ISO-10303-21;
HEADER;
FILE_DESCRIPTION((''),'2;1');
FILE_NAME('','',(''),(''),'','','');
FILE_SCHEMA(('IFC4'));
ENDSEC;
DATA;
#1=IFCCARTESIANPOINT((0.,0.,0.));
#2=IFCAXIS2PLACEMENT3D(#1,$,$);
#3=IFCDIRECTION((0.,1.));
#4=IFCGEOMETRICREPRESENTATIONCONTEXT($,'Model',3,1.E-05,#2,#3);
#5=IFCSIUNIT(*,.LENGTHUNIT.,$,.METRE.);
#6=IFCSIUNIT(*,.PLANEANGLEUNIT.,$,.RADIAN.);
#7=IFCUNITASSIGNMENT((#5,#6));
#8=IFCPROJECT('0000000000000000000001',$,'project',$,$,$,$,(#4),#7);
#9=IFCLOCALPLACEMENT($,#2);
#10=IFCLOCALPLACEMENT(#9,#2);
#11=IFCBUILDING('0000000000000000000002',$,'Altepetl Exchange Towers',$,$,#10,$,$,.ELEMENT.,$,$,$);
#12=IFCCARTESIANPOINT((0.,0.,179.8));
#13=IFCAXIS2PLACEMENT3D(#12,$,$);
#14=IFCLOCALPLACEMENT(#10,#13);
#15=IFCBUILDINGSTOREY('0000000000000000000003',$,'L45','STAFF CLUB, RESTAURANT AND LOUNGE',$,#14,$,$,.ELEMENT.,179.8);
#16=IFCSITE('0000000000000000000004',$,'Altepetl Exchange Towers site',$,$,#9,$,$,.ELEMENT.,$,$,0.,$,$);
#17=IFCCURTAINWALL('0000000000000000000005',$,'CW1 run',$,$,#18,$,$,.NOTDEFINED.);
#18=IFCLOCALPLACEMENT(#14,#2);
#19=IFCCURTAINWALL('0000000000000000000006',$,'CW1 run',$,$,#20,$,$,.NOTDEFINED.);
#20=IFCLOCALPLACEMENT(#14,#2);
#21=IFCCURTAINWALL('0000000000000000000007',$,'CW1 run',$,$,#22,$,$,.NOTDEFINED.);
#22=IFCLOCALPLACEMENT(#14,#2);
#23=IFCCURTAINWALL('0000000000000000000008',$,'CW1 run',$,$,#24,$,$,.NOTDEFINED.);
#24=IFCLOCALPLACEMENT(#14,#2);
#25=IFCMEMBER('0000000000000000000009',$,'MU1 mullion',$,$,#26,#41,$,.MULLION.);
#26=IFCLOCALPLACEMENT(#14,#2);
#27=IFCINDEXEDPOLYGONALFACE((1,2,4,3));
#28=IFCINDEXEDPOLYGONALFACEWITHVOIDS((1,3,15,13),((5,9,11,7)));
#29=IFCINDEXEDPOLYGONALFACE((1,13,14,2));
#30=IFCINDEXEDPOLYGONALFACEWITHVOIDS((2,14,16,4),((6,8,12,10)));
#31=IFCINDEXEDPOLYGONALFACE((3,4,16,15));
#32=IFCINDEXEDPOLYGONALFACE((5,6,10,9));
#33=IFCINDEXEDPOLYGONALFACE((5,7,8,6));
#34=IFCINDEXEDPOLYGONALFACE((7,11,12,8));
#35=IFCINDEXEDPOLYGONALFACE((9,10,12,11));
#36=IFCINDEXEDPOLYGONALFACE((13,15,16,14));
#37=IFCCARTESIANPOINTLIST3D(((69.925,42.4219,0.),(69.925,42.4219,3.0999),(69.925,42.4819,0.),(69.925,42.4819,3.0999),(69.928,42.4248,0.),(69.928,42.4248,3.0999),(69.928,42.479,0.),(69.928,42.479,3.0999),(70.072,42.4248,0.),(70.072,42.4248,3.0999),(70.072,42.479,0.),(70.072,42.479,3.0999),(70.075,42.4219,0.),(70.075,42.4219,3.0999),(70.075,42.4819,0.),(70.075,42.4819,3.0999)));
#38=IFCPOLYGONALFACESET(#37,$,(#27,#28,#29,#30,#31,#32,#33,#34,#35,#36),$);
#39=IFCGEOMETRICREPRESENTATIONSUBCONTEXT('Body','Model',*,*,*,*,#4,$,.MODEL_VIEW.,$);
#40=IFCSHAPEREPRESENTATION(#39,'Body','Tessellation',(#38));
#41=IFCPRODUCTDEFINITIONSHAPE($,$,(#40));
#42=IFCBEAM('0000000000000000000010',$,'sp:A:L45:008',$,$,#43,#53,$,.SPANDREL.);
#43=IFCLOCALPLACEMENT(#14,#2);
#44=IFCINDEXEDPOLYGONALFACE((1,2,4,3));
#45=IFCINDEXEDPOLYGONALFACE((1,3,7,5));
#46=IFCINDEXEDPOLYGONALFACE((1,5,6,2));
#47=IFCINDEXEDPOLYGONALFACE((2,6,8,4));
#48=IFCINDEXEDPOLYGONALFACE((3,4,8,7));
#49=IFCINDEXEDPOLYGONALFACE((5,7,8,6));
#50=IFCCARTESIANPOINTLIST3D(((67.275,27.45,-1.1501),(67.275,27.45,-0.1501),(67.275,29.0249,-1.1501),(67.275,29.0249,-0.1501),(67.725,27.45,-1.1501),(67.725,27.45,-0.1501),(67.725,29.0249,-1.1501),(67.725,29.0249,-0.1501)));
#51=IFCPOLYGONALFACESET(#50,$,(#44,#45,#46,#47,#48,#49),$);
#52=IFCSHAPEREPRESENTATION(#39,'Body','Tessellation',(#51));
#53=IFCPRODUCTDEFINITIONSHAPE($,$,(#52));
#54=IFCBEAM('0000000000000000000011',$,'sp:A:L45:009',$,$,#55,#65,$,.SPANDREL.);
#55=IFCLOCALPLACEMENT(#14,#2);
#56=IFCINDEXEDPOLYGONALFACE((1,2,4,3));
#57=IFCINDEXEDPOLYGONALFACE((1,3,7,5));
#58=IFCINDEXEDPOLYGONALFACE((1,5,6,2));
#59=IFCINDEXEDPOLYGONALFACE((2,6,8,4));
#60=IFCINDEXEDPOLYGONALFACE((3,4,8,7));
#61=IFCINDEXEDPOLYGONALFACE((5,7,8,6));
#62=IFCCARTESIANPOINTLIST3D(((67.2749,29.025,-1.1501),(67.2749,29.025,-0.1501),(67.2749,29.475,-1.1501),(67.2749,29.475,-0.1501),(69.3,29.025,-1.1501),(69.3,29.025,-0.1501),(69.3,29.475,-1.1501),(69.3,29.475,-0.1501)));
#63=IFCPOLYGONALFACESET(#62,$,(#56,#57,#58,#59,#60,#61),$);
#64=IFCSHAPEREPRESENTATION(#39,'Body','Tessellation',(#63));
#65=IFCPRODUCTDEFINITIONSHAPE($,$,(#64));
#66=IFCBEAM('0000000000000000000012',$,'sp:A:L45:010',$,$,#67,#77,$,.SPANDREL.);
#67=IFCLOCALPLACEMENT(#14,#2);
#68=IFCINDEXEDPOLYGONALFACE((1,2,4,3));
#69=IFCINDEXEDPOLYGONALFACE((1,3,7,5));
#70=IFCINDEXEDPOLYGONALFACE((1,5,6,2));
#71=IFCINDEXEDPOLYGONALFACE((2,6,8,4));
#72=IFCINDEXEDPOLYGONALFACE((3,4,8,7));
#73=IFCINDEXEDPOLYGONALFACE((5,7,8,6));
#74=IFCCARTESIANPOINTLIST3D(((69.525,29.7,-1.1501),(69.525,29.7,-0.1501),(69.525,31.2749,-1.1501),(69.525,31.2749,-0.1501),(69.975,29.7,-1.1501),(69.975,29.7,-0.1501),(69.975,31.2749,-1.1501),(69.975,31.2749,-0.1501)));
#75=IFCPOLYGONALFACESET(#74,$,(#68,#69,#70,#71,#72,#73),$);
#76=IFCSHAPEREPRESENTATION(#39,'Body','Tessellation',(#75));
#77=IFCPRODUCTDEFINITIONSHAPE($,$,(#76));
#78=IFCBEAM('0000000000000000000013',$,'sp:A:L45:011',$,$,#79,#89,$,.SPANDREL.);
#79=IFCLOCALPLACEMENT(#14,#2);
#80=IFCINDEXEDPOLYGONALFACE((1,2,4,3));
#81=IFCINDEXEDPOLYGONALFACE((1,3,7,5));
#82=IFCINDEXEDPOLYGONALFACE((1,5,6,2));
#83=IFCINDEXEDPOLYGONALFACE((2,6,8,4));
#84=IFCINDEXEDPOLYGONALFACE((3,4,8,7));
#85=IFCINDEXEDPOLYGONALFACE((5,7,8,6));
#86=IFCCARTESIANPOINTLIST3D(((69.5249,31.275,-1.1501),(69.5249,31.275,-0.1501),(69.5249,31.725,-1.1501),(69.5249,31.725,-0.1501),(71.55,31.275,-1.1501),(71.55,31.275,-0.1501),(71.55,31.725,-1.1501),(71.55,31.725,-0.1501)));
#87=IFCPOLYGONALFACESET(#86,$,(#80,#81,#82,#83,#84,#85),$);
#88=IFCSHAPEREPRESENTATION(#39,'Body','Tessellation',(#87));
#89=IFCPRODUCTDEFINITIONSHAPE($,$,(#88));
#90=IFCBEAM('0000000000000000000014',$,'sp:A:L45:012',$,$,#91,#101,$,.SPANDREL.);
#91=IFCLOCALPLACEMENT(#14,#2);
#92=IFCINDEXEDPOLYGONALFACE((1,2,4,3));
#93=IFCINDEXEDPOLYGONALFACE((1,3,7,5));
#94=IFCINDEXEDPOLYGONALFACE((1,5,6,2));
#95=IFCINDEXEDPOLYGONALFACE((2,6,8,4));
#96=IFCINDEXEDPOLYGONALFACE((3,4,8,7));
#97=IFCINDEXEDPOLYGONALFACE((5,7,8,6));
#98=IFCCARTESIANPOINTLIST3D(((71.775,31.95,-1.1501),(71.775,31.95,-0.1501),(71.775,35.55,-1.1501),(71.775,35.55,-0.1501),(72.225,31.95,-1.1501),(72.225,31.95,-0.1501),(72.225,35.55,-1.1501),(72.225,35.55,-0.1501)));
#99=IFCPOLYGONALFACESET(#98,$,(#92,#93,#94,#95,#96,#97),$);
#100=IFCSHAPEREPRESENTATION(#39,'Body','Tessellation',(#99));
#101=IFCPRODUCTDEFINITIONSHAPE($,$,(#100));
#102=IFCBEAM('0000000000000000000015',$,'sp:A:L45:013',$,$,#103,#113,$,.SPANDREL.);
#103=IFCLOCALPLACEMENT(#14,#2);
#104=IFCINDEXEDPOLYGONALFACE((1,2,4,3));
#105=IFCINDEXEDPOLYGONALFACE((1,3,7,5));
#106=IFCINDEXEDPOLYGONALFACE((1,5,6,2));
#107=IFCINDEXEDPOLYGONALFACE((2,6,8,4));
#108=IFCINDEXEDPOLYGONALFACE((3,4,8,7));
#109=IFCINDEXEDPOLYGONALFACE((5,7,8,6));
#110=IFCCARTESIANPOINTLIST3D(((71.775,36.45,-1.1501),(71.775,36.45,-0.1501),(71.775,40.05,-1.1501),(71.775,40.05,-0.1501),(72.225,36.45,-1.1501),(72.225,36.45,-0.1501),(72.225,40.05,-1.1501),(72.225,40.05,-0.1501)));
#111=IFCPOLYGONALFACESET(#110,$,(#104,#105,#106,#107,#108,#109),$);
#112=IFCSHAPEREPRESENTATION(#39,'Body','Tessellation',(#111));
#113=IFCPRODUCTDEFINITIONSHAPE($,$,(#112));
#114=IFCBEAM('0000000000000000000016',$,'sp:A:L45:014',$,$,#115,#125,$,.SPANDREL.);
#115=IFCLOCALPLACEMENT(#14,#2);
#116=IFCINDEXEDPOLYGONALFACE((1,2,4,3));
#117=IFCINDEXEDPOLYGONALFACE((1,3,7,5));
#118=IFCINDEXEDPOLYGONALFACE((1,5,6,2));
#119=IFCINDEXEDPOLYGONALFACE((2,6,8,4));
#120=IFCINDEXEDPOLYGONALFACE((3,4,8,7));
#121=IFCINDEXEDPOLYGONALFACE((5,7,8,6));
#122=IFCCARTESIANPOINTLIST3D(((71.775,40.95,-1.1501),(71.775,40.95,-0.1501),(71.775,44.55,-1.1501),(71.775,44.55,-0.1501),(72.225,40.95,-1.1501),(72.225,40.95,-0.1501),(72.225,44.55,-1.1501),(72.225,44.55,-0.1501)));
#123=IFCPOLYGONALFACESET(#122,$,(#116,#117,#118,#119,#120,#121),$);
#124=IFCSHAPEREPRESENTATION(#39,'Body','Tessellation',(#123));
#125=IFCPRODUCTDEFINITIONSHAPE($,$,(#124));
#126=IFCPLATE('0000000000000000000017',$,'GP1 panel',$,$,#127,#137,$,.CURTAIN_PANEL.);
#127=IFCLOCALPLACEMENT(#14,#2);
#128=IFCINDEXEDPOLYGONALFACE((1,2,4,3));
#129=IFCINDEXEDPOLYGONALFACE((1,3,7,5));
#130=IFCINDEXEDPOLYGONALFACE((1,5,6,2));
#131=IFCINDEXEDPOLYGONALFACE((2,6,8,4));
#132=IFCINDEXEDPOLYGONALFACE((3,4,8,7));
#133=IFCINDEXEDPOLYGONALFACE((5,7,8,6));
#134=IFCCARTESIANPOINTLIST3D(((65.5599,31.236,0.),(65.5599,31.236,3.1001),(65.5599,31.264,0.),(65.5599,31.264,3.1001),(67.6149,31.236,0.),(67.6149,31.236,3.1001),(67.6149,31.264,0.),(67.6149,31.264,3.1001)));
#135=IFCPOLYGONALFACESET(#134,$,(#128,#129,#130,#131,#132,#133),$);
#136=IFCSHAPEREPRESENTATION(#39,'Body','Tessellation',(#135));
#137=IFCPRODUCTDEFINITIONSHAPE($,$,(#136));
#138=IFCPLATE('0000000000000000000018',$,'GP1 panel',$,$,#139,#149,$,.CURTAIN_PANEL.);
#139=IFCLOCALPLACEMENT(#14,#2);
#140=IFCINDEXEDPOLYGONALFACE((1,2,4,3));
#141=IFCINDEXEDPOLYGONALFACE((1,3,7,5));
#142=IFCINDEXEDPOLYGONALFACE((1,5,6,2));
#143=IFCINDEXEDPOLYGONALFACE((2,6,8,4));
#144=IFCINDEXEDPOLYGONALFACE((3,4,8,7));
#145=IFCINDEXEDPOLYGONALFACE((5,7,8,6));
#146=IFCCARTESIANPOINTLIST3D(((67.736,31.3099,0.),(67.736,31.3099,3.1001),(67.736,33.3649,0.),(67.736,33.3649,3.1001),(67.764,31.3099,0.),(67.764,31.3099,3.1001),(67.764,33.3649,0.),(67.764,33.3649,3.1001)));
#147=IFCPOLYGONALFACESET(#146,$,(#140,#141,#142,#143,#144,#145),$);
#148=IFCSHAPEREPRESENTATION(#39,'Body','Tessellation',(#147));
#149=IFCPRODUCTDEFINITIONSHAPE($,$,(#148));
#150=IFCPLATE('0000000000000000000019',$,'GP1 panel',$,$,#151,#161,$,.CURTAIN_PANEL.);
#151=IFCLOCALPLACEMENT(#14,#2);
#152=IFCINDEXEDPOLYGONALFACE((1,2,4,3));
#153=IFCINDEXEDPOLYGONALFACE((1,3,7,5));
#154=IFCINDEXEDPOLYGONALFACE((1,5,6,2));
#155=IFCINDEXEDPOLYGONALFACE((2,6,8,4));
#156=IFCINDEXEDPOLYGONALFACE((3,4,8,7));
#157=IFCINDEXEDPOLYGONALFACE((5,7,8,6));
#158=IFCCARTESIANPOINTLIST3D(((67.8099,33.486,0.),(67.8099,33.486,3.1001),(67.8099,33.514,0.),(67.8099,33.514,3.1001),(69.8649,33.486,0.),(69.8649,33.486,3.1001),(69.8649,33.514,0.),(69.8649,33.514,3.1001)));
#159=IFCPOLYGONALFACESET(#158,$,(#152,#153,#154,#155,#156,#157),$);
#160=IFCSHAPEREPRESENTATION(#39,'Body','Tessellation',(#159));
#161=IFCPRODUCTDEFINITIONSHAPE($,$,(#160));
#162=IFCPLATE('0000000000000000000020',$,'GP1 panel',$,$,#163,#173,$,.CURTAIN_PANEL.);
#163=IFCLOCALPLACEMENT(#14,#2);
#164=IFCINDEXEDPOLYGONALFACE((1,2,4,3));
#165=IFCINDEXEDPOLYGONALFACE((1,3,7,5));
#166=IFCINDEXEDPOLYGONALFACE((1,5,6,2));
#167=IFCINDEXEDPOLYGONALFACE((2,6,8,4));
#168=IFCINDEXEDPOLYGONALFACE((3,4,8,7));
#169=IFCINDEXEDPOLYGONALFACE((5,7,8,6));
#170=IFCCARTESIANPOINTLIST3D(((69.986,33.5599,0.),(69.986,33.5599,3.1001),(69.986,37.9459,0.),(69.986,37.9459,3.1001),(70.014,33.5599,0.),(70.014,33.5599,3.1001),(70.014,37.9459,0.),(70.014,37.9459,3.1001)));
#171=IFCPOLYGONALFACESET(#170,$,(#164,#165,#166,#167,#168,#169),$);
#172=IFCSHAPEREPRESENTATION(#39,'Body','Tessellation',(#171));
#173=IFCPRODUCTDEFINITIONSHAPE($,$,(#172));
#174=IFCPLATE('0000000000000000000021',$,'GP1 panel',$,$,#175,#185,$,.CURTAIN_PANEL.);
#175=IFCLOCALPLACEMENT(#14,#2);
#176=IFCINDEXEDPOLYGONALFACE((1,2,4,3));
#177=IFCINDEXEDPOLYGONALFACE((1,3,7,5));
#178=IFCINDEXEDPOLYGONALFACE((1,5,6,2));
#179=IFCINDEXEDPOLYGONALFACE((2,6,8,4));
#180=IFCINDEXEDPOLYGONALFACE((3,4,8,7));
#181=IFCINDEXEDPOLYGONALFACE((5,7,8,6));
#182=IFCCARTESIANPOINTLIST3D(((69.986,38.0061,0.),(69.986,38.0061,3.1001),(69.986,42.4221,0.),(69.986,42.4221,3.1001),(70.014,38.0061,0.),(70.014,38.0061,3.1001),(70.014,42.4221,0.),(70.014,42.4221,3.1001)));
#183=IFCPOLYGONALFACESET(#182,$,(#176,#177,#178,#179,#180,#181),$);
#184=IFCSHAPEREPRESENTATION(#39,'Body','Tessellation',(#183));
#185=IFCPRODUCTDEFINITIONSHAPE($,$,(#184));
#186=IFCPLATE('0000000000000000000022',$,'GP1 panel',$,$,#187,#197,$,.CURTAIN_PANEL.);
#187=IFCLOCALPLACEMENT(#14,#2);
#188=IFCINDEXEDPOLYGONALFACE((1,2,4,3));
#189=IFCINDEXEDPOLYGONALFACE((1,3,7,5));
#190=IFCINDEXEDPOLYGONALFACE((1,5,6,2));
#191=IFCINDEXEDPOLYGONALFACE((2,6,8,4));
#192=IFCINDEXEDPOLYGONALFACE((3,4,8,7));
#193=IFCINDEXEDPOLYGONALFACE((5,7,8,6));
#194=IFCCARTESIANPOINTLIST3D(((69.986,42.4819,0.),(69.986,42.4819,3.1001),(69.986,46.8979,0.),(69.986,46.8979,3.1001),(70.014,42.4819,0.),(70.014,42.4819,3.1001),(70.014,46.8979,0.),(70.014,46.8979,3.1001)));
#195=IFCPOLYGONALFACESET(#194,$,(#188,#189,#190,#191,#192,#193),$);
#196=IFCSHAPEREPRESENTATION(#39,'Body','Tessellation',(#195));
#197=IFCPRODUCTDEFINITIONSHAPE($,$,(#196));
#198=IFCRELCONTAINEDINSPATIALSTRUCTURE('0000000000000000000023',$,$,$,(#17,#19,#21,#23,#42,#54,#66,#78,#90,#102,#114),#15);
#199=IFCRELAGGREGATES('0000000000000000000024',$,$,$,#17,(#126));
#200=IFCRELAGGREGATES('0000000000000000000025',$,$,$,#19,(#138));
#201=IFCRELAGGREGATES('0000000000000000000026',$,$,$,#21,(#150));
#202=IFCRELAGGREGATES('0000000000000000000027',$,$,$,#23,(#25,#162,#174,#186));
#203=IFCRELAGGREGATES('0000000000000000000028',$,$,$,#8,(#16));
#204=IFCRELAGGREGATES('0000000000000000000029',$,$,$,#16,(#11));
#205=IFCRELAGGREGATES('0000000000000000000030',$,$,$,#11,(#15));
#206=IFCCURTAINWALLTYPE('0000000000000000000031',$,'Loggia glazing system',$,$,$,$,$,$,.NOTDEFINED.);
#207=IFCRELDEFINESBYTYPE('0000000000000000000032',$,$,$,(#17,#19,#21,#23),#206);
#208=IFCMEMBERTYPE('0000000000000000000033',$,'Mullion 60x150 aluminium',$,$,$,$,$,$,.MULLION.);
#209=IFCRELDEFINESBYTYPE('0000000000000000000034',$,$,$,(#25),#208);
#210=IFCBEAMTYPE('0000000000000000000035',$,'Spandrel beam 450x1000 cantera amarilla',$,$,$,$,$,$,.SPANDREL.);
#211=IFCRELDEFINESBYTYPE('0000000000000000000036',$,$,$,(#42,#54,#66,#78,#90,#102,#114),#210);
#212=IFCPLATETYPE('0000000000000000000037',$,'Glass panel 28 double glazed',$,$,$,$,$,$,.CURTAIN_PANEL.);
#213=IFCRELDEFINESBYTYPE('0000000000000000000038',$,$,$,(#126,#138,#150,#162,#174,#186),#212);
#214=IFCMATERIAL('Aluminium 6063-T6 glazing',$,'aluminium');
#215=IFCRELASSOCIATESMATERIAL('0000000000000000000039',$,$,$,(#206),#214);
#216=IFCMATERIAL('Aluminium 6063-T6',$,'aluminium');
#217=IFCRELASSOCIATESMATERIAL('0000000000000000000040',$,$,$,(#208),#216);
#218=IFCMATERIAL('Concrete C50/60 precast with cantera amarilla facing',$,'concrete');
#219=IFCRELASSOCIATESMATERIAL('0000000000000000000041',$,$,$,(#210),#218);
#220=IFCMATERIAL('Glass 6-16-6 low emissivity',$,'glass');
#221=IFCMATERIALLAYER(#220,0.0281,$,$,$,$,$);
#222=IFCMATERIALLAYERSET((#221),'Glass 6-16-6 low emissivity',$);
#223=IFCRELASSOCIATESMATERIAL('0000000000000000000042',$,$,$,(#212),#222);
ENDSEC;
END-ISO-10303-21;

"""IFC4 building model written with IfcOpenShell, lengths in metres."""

from ifc_helpers import new_model, si_unit, direction, frame, origin, origin_2d, place, context, subcontext, project, spatial, rectangle, hollow_rectangle, extrude, material, layer, layer_set, material_profile, profile_set, type_object, element, aggregate, save


model = new_model("IFC4")

# Units and contexts
model_context = context("Model", 3, precision=1e-05, world=origin(), true_north=direction((0.0, 1.0)))
body_context = subcontext(model_context, "Body", "Model", "MODEL_VIEW")
ifc_project = project(units=[si_unit("LENGTHUNIT", "METRE"), si_unit("PLANEANGLEUNIT", "RADIAN")], contexts=[model_context])

# Site, building, storey
site_placement = place(None, origin())
site = spatial("IfcSite", under=ifc_project, at=site_placement, Name="Altepetl Exchange Towers site", CompositionType="ELEMENT", RefElevation=0.0)
building_placement = place(site_placement, origin())
building = spatial("IfcBuilding", under=site, at=building_placement, Name="Altepetl Exchange Towers", CompositionType="ELEMENT")
storey_placement = place(building_placement, frame((0.0, 0.0, 179.8)))
storey = spatial("IfcBuildingStorey", under=building, at=storey_placement, Name="L45", Description="STAFF CLUB, RESTAURANT AND LOUNGE", CompositionType="ELEMENT", Elevation=179.8)

# Curtain walls, member
ifc_material_1 = material(Name="Aluminium 6063-T6 glazing", Category="aluminium")
curtain_wall_type = type_object("IfcCurtainWallType", Name="Loggia glazing system", PredefinedType="NOTDEFINED", material=ifc_material_1)
curtain_wall_1_placement = place(storey_placement, origin())
curtain_wall_1 = element("IfcCurtainWall", 1, at=curtain_wall_1_placement, inside=storey, type_object=curtain_wall_type, Name="CW1 run", PredefinedType="NOTDEFINED")
ifc_material_2 = material(Name="Aluminium 6063-T6", Category="aluminium")
ifc_material_profile_1 = material_profile(ifc_material_2, hollow_rectangle(XDim=0.0601, YDim=0.1499, WallThickness=0.0029, at=origin_2d()), Name="Mullion 60x150 aluminium")
ifc_profile_set_1 = profile_set([ifc_material_profile_1], Name="Aluminium 6063-T6")
member_type = type_object("IfcMemberType", Name="Mullion 60x150 aluminium", PredefinedType="MULLION", material=ifc_profile_set_1)
curtain_wall_2_placement = place(storey_placement, origin())
curtain_wall_2 = element("IfcCurtainWall", 2, at=curtain_wall_2_placement, inside=storey, type_object=curtain_wall_type, Name="CW1 run", PredefinedType="NOTDEFINED")
curtain_wall_3_placement = place(storey_placement, origin())
curtain_wall_3 = element("IfcCurtainWall", 3, at=curtain_wall_3_placement, inside=storey, type_object=curtain_wall_type, Name="CW1 run", PredefinedType="NOTDEFINED")
curtain_wall_4_placement = place(storey_placement, origin())
curtain_wall_4 = element("IfcCurtainWall", 4, at=curtain_wall_4_placement, inside=storey, type_object=curtain_wall_type, Name="CW1 run", PredefinedType="NOTDEFINED")
member_1_placement = place(storey_placement, frame((70.0, 42.4519, 0.0), z_axis=(0.0, 0.0, 1.0), x_axis=(0.0, 1.0, 0.0)))
member_1 = element("IfcMember", 5, at=member_1_placement, type_object=member_type, Name="MU1 mullion", PredefinedType="MULLION", context=body_context, shape_type="SweptSolid", body=[
    extrude(hollow_rectangle(XDim=0.0601, YDim=0.1499, WallThickness=0.0029, at=origin_2d()), origin(), (0.0, 0.0, 1.0), 3.0999),
])

# Beams
ifc_material_3 = material(Name="Concrete C50/60 precast with cantera amarilla facing", Category="concrete")
ifc_material_profile_2 = material_profile(ifc_material_3, rectangle(XDim=0.45, YDim=1.0, at=origin_2d()), Name="450 x 1000")
ifc_profile_set_2 = profile_set([ifc_material_profile_2], Name="Concrete C50/60 precast with cantera amarilla facing")
beam_type = type_object("IfcBeamType", Name="Spandrel beam 450x1000 cantera amarilla", PredefinedType="SPANDREL", material=ifc_profile_set_2)
beam_1_placement = place(storey_placement, frame((67.5, 27.45, -0.6501), z_axis=(0.0, 1.0, 0.0), x_axis=(-1.0, 0.0, 0.0)))
element("IfcBeam", 6, at=beam_1_placement, inside=storey, type_object=beam_type, Name="sp:A:L45:008", PredefinedType="SPANDREL", context=body_context, shape_type="SweptSolid", body=[
    extrude(rectangle(XDim=0.45, YDim=1.0, at=origin_2d()), origin(), (0.0, 0.0, 1.0), 1.575),
])
beam_2_placement = place(storey_placement, frame((67.2749, 29.25, -0.6501), z_axis=(1.0, 0.0, 0.0), x_axis=(0.0, 1.0, 0.0)))
element("IfcBeam", 7, at=beam_2_placement, inside=storey, type_object=beam_type, Name="sp:A:L45:009", PredefinedType="SPANDREL", context=body_context, shape_type="SweptSolid", body=[
    extrude(rectangle(XDim=0.45, YDim=1.0, at=origin_2d()), origin(), (0.0, 0.0, 1.0), 2.0251),
])
beam_3_placement = place(storey_placement, frame((69.75, 29.7, -0.6501), z_axis=(0.0, 1.0, 0.0), x_axis=(-1.0, 0.0, 0.0)))
element("IfcBeam", 8, at=beam_3_placement, inside=storey, type_object=beam_type, Name="sp:A:L45:010", PredefinedType="SPANDREL", context=body_context, shape_type="SweptSolid", body=[
    extrude(rectangle(XDim=0.45, YDim=1.0, at=origin_2d()), origin(), (0.0, 0.0, 1.0), 1.575),
])
beam_4_placement = place(storey_placement, frame((69.5249, 31.5, -0.6501), z_axis=(1.0, 0.0, 0.0), x_axis=(0.0, 1.0, 0.0)))
element("IfcBeam", 9, at=beam_4_placement, inside=storey, type_object=beam_type, Name="sp:A:L45:011", PredefinedType="SPANDREL", context=body_context, shape_type="SweptSolid", body=[
    extrude(rectangle(XDim=0.45, YDim=1.0, at=origin_2d()), origin(), (0.0, 0.0, 1.0), 2.0251),
])
for number, where, z_axis, x_axis, name in (
    (10, (72.0, 31.95, -0.6501), (0.0, 1.0, 0.0), (-1.0, 0.0, 0.0), "sp:A:L45:012"),
    (11, (72.0, 36.45, -0.6501), (0.0, 1.0, 0.0), (-1.0, 0.0, 0.0), "sp:A:L45:013"),
    (12, (72.0, 40.95, -0.6501), (0.0, 1.0, 0.0), (-1.0, 0.0, 0.0), "sp:A:L45:014"),
):
    element("IfcBeam", number, at=place(storey_placement, frame(where, z_axis=z_axis, x_axis=x_axis)), inside=storey, type_object=beam_type, Name=name, PredefinedType="SPANDREL", context=body_context, shape_type="SweptSolid", body=[
        extrude(rectangle(XDim=0.45, YDim=1.0, at=origin_2d()), origin(), (0.0, 0.0, 1.0), 3.6001),
    ])

# Plates
ifc_material_4 = material(Name="Glass 6-16-6 low emissivity", Category="glass")
ifc_layer = layer(ifc_material_4, 0.0281)
ifc_layer_set = layer_set([ifc_layer], Name="Glass 6-16-6 low emissivity")
plate_type = type_object("IfcPlateType", Name="Glass panel 28 double glazed", PredefinedType="CURTAIN_PANEL", material=ifc_layer_set)
plate_1_placement = place(storey_placement, frame((66.5874, 31.25, 0.0)))
plate_1 = element("IfcPlate", 13, at=plate_1_placement, type_object=plate_type, Name="GP1 panel", PredefinedType="CURTAIN_PANEL", context=body_context, shape_type="SweptSolid", body=[
    extrude(rectangle(XDim=2.0549, YDim=0.0281, at=origin_2d()), origin(), (0.0, 0.0, 1.0), 3.1001),
])
aggregate(curtain_wall_1, [plate_1])
plate_2_placement = place(storey_placement, frame((67.75, 32.3374, 0.0), z_axis=(0.0, 0.0, 1.0), x_axis=(0.0, 1.0, 0.0)))
plate_2 = element("IfcPlate", 14, at=plate_2_placement, type_object=plate_type, Name="GP1 panel", PredefinedType="CURTAIN_PANEL", context=body_context, shape_type="SweptSolid", body=[
    extrude(rectangle(XDim=2.0549, YDim=0.0281, at=origin_2d()), origin(), (0.0, 0.0, 1.0), 3.1001),
])
aggregate(curtain_wall_2, [plate_2])
plate_3_placement = place(storey_placement, frame((68.8374, 33.5, 0.0)))
plate_3 = element("IfcPlate", 15, at=plate_3_placement, type_object=plate_type, Name="GP1 panel", PredefinedType="CURTAIN_PANEL", context=body_context, shape_type="SweptSolid", body=[
    extrude(rectangle(XDim=2.0549, YDim=0.0281, at=origin_2d()), origin(), (0.0, 0.0, 1.0), 3.1001),
])
aggregate(curtain_wall_3, [plate_3])
plate_4_placement = place(storey_placement, frame((70.0, 35.7529, 0.0), z_axis=(0.0, 0.0, 1.0), x_axis=(0.0, 1.0, 0.0)))
plate_4 = element("IfcPlate", 16, at=plate_4_placement, type_object=plate_type, Name="GP1 panel", PredefinedType="CURTAIN_PANEL", context=body_context, shape_type="SweptSolid", body=[
    extrude(rectangle(XDim=4.386, YDim=0.0281, at=origin_2d()), origin(), (0.0, 0.0, 1.0), 3.1001),
])
plate_5_placement = place(storey_placement, frame((70.0, 40.2141, 0.0), z_axis=(0.0, 0.0, 1.0), x_axis=(0.0, 1.0, 0.0)))
plate_5 = element("IfcPlate", 17, at=plate_5_placement, type_object=plate_type, Name="GP1 panel", PredefinedType="CURTAIN_PANEL", context=body_context, shape_type="SweptSolid", body=[
    extrude(rectangle(XDim=4.416, YDim=0.0281, at=origin_2d()), origin(), (0.0, 0.0, 1.0), 3.1001),
])
plate_6_placement = place(storey_placement, frame((70.0, 44.6899, 0.0), z_axis=(0.0, 0.0, 1.0), x_axis=(0.0, 1.0, 0.0)))
plate_6 = element("IfcPlate", 18, at=plate_6_placement, type_object=plate_type, Name="GP1 panel", PredefinedType="CURTAIN_PANEL", context=body_context, shape_type="SweptSolid", body=[
    extrude(rectangle(XDim=4.416, YDim=0.0281, at=origin_2d()), origin(), (0.0, 0.0, 1.0), 3.1001),
])
aggregate(curtain_wall_4, [member_1, plate_4, plate_5, plate_6])

save(model, "model.ifc")
